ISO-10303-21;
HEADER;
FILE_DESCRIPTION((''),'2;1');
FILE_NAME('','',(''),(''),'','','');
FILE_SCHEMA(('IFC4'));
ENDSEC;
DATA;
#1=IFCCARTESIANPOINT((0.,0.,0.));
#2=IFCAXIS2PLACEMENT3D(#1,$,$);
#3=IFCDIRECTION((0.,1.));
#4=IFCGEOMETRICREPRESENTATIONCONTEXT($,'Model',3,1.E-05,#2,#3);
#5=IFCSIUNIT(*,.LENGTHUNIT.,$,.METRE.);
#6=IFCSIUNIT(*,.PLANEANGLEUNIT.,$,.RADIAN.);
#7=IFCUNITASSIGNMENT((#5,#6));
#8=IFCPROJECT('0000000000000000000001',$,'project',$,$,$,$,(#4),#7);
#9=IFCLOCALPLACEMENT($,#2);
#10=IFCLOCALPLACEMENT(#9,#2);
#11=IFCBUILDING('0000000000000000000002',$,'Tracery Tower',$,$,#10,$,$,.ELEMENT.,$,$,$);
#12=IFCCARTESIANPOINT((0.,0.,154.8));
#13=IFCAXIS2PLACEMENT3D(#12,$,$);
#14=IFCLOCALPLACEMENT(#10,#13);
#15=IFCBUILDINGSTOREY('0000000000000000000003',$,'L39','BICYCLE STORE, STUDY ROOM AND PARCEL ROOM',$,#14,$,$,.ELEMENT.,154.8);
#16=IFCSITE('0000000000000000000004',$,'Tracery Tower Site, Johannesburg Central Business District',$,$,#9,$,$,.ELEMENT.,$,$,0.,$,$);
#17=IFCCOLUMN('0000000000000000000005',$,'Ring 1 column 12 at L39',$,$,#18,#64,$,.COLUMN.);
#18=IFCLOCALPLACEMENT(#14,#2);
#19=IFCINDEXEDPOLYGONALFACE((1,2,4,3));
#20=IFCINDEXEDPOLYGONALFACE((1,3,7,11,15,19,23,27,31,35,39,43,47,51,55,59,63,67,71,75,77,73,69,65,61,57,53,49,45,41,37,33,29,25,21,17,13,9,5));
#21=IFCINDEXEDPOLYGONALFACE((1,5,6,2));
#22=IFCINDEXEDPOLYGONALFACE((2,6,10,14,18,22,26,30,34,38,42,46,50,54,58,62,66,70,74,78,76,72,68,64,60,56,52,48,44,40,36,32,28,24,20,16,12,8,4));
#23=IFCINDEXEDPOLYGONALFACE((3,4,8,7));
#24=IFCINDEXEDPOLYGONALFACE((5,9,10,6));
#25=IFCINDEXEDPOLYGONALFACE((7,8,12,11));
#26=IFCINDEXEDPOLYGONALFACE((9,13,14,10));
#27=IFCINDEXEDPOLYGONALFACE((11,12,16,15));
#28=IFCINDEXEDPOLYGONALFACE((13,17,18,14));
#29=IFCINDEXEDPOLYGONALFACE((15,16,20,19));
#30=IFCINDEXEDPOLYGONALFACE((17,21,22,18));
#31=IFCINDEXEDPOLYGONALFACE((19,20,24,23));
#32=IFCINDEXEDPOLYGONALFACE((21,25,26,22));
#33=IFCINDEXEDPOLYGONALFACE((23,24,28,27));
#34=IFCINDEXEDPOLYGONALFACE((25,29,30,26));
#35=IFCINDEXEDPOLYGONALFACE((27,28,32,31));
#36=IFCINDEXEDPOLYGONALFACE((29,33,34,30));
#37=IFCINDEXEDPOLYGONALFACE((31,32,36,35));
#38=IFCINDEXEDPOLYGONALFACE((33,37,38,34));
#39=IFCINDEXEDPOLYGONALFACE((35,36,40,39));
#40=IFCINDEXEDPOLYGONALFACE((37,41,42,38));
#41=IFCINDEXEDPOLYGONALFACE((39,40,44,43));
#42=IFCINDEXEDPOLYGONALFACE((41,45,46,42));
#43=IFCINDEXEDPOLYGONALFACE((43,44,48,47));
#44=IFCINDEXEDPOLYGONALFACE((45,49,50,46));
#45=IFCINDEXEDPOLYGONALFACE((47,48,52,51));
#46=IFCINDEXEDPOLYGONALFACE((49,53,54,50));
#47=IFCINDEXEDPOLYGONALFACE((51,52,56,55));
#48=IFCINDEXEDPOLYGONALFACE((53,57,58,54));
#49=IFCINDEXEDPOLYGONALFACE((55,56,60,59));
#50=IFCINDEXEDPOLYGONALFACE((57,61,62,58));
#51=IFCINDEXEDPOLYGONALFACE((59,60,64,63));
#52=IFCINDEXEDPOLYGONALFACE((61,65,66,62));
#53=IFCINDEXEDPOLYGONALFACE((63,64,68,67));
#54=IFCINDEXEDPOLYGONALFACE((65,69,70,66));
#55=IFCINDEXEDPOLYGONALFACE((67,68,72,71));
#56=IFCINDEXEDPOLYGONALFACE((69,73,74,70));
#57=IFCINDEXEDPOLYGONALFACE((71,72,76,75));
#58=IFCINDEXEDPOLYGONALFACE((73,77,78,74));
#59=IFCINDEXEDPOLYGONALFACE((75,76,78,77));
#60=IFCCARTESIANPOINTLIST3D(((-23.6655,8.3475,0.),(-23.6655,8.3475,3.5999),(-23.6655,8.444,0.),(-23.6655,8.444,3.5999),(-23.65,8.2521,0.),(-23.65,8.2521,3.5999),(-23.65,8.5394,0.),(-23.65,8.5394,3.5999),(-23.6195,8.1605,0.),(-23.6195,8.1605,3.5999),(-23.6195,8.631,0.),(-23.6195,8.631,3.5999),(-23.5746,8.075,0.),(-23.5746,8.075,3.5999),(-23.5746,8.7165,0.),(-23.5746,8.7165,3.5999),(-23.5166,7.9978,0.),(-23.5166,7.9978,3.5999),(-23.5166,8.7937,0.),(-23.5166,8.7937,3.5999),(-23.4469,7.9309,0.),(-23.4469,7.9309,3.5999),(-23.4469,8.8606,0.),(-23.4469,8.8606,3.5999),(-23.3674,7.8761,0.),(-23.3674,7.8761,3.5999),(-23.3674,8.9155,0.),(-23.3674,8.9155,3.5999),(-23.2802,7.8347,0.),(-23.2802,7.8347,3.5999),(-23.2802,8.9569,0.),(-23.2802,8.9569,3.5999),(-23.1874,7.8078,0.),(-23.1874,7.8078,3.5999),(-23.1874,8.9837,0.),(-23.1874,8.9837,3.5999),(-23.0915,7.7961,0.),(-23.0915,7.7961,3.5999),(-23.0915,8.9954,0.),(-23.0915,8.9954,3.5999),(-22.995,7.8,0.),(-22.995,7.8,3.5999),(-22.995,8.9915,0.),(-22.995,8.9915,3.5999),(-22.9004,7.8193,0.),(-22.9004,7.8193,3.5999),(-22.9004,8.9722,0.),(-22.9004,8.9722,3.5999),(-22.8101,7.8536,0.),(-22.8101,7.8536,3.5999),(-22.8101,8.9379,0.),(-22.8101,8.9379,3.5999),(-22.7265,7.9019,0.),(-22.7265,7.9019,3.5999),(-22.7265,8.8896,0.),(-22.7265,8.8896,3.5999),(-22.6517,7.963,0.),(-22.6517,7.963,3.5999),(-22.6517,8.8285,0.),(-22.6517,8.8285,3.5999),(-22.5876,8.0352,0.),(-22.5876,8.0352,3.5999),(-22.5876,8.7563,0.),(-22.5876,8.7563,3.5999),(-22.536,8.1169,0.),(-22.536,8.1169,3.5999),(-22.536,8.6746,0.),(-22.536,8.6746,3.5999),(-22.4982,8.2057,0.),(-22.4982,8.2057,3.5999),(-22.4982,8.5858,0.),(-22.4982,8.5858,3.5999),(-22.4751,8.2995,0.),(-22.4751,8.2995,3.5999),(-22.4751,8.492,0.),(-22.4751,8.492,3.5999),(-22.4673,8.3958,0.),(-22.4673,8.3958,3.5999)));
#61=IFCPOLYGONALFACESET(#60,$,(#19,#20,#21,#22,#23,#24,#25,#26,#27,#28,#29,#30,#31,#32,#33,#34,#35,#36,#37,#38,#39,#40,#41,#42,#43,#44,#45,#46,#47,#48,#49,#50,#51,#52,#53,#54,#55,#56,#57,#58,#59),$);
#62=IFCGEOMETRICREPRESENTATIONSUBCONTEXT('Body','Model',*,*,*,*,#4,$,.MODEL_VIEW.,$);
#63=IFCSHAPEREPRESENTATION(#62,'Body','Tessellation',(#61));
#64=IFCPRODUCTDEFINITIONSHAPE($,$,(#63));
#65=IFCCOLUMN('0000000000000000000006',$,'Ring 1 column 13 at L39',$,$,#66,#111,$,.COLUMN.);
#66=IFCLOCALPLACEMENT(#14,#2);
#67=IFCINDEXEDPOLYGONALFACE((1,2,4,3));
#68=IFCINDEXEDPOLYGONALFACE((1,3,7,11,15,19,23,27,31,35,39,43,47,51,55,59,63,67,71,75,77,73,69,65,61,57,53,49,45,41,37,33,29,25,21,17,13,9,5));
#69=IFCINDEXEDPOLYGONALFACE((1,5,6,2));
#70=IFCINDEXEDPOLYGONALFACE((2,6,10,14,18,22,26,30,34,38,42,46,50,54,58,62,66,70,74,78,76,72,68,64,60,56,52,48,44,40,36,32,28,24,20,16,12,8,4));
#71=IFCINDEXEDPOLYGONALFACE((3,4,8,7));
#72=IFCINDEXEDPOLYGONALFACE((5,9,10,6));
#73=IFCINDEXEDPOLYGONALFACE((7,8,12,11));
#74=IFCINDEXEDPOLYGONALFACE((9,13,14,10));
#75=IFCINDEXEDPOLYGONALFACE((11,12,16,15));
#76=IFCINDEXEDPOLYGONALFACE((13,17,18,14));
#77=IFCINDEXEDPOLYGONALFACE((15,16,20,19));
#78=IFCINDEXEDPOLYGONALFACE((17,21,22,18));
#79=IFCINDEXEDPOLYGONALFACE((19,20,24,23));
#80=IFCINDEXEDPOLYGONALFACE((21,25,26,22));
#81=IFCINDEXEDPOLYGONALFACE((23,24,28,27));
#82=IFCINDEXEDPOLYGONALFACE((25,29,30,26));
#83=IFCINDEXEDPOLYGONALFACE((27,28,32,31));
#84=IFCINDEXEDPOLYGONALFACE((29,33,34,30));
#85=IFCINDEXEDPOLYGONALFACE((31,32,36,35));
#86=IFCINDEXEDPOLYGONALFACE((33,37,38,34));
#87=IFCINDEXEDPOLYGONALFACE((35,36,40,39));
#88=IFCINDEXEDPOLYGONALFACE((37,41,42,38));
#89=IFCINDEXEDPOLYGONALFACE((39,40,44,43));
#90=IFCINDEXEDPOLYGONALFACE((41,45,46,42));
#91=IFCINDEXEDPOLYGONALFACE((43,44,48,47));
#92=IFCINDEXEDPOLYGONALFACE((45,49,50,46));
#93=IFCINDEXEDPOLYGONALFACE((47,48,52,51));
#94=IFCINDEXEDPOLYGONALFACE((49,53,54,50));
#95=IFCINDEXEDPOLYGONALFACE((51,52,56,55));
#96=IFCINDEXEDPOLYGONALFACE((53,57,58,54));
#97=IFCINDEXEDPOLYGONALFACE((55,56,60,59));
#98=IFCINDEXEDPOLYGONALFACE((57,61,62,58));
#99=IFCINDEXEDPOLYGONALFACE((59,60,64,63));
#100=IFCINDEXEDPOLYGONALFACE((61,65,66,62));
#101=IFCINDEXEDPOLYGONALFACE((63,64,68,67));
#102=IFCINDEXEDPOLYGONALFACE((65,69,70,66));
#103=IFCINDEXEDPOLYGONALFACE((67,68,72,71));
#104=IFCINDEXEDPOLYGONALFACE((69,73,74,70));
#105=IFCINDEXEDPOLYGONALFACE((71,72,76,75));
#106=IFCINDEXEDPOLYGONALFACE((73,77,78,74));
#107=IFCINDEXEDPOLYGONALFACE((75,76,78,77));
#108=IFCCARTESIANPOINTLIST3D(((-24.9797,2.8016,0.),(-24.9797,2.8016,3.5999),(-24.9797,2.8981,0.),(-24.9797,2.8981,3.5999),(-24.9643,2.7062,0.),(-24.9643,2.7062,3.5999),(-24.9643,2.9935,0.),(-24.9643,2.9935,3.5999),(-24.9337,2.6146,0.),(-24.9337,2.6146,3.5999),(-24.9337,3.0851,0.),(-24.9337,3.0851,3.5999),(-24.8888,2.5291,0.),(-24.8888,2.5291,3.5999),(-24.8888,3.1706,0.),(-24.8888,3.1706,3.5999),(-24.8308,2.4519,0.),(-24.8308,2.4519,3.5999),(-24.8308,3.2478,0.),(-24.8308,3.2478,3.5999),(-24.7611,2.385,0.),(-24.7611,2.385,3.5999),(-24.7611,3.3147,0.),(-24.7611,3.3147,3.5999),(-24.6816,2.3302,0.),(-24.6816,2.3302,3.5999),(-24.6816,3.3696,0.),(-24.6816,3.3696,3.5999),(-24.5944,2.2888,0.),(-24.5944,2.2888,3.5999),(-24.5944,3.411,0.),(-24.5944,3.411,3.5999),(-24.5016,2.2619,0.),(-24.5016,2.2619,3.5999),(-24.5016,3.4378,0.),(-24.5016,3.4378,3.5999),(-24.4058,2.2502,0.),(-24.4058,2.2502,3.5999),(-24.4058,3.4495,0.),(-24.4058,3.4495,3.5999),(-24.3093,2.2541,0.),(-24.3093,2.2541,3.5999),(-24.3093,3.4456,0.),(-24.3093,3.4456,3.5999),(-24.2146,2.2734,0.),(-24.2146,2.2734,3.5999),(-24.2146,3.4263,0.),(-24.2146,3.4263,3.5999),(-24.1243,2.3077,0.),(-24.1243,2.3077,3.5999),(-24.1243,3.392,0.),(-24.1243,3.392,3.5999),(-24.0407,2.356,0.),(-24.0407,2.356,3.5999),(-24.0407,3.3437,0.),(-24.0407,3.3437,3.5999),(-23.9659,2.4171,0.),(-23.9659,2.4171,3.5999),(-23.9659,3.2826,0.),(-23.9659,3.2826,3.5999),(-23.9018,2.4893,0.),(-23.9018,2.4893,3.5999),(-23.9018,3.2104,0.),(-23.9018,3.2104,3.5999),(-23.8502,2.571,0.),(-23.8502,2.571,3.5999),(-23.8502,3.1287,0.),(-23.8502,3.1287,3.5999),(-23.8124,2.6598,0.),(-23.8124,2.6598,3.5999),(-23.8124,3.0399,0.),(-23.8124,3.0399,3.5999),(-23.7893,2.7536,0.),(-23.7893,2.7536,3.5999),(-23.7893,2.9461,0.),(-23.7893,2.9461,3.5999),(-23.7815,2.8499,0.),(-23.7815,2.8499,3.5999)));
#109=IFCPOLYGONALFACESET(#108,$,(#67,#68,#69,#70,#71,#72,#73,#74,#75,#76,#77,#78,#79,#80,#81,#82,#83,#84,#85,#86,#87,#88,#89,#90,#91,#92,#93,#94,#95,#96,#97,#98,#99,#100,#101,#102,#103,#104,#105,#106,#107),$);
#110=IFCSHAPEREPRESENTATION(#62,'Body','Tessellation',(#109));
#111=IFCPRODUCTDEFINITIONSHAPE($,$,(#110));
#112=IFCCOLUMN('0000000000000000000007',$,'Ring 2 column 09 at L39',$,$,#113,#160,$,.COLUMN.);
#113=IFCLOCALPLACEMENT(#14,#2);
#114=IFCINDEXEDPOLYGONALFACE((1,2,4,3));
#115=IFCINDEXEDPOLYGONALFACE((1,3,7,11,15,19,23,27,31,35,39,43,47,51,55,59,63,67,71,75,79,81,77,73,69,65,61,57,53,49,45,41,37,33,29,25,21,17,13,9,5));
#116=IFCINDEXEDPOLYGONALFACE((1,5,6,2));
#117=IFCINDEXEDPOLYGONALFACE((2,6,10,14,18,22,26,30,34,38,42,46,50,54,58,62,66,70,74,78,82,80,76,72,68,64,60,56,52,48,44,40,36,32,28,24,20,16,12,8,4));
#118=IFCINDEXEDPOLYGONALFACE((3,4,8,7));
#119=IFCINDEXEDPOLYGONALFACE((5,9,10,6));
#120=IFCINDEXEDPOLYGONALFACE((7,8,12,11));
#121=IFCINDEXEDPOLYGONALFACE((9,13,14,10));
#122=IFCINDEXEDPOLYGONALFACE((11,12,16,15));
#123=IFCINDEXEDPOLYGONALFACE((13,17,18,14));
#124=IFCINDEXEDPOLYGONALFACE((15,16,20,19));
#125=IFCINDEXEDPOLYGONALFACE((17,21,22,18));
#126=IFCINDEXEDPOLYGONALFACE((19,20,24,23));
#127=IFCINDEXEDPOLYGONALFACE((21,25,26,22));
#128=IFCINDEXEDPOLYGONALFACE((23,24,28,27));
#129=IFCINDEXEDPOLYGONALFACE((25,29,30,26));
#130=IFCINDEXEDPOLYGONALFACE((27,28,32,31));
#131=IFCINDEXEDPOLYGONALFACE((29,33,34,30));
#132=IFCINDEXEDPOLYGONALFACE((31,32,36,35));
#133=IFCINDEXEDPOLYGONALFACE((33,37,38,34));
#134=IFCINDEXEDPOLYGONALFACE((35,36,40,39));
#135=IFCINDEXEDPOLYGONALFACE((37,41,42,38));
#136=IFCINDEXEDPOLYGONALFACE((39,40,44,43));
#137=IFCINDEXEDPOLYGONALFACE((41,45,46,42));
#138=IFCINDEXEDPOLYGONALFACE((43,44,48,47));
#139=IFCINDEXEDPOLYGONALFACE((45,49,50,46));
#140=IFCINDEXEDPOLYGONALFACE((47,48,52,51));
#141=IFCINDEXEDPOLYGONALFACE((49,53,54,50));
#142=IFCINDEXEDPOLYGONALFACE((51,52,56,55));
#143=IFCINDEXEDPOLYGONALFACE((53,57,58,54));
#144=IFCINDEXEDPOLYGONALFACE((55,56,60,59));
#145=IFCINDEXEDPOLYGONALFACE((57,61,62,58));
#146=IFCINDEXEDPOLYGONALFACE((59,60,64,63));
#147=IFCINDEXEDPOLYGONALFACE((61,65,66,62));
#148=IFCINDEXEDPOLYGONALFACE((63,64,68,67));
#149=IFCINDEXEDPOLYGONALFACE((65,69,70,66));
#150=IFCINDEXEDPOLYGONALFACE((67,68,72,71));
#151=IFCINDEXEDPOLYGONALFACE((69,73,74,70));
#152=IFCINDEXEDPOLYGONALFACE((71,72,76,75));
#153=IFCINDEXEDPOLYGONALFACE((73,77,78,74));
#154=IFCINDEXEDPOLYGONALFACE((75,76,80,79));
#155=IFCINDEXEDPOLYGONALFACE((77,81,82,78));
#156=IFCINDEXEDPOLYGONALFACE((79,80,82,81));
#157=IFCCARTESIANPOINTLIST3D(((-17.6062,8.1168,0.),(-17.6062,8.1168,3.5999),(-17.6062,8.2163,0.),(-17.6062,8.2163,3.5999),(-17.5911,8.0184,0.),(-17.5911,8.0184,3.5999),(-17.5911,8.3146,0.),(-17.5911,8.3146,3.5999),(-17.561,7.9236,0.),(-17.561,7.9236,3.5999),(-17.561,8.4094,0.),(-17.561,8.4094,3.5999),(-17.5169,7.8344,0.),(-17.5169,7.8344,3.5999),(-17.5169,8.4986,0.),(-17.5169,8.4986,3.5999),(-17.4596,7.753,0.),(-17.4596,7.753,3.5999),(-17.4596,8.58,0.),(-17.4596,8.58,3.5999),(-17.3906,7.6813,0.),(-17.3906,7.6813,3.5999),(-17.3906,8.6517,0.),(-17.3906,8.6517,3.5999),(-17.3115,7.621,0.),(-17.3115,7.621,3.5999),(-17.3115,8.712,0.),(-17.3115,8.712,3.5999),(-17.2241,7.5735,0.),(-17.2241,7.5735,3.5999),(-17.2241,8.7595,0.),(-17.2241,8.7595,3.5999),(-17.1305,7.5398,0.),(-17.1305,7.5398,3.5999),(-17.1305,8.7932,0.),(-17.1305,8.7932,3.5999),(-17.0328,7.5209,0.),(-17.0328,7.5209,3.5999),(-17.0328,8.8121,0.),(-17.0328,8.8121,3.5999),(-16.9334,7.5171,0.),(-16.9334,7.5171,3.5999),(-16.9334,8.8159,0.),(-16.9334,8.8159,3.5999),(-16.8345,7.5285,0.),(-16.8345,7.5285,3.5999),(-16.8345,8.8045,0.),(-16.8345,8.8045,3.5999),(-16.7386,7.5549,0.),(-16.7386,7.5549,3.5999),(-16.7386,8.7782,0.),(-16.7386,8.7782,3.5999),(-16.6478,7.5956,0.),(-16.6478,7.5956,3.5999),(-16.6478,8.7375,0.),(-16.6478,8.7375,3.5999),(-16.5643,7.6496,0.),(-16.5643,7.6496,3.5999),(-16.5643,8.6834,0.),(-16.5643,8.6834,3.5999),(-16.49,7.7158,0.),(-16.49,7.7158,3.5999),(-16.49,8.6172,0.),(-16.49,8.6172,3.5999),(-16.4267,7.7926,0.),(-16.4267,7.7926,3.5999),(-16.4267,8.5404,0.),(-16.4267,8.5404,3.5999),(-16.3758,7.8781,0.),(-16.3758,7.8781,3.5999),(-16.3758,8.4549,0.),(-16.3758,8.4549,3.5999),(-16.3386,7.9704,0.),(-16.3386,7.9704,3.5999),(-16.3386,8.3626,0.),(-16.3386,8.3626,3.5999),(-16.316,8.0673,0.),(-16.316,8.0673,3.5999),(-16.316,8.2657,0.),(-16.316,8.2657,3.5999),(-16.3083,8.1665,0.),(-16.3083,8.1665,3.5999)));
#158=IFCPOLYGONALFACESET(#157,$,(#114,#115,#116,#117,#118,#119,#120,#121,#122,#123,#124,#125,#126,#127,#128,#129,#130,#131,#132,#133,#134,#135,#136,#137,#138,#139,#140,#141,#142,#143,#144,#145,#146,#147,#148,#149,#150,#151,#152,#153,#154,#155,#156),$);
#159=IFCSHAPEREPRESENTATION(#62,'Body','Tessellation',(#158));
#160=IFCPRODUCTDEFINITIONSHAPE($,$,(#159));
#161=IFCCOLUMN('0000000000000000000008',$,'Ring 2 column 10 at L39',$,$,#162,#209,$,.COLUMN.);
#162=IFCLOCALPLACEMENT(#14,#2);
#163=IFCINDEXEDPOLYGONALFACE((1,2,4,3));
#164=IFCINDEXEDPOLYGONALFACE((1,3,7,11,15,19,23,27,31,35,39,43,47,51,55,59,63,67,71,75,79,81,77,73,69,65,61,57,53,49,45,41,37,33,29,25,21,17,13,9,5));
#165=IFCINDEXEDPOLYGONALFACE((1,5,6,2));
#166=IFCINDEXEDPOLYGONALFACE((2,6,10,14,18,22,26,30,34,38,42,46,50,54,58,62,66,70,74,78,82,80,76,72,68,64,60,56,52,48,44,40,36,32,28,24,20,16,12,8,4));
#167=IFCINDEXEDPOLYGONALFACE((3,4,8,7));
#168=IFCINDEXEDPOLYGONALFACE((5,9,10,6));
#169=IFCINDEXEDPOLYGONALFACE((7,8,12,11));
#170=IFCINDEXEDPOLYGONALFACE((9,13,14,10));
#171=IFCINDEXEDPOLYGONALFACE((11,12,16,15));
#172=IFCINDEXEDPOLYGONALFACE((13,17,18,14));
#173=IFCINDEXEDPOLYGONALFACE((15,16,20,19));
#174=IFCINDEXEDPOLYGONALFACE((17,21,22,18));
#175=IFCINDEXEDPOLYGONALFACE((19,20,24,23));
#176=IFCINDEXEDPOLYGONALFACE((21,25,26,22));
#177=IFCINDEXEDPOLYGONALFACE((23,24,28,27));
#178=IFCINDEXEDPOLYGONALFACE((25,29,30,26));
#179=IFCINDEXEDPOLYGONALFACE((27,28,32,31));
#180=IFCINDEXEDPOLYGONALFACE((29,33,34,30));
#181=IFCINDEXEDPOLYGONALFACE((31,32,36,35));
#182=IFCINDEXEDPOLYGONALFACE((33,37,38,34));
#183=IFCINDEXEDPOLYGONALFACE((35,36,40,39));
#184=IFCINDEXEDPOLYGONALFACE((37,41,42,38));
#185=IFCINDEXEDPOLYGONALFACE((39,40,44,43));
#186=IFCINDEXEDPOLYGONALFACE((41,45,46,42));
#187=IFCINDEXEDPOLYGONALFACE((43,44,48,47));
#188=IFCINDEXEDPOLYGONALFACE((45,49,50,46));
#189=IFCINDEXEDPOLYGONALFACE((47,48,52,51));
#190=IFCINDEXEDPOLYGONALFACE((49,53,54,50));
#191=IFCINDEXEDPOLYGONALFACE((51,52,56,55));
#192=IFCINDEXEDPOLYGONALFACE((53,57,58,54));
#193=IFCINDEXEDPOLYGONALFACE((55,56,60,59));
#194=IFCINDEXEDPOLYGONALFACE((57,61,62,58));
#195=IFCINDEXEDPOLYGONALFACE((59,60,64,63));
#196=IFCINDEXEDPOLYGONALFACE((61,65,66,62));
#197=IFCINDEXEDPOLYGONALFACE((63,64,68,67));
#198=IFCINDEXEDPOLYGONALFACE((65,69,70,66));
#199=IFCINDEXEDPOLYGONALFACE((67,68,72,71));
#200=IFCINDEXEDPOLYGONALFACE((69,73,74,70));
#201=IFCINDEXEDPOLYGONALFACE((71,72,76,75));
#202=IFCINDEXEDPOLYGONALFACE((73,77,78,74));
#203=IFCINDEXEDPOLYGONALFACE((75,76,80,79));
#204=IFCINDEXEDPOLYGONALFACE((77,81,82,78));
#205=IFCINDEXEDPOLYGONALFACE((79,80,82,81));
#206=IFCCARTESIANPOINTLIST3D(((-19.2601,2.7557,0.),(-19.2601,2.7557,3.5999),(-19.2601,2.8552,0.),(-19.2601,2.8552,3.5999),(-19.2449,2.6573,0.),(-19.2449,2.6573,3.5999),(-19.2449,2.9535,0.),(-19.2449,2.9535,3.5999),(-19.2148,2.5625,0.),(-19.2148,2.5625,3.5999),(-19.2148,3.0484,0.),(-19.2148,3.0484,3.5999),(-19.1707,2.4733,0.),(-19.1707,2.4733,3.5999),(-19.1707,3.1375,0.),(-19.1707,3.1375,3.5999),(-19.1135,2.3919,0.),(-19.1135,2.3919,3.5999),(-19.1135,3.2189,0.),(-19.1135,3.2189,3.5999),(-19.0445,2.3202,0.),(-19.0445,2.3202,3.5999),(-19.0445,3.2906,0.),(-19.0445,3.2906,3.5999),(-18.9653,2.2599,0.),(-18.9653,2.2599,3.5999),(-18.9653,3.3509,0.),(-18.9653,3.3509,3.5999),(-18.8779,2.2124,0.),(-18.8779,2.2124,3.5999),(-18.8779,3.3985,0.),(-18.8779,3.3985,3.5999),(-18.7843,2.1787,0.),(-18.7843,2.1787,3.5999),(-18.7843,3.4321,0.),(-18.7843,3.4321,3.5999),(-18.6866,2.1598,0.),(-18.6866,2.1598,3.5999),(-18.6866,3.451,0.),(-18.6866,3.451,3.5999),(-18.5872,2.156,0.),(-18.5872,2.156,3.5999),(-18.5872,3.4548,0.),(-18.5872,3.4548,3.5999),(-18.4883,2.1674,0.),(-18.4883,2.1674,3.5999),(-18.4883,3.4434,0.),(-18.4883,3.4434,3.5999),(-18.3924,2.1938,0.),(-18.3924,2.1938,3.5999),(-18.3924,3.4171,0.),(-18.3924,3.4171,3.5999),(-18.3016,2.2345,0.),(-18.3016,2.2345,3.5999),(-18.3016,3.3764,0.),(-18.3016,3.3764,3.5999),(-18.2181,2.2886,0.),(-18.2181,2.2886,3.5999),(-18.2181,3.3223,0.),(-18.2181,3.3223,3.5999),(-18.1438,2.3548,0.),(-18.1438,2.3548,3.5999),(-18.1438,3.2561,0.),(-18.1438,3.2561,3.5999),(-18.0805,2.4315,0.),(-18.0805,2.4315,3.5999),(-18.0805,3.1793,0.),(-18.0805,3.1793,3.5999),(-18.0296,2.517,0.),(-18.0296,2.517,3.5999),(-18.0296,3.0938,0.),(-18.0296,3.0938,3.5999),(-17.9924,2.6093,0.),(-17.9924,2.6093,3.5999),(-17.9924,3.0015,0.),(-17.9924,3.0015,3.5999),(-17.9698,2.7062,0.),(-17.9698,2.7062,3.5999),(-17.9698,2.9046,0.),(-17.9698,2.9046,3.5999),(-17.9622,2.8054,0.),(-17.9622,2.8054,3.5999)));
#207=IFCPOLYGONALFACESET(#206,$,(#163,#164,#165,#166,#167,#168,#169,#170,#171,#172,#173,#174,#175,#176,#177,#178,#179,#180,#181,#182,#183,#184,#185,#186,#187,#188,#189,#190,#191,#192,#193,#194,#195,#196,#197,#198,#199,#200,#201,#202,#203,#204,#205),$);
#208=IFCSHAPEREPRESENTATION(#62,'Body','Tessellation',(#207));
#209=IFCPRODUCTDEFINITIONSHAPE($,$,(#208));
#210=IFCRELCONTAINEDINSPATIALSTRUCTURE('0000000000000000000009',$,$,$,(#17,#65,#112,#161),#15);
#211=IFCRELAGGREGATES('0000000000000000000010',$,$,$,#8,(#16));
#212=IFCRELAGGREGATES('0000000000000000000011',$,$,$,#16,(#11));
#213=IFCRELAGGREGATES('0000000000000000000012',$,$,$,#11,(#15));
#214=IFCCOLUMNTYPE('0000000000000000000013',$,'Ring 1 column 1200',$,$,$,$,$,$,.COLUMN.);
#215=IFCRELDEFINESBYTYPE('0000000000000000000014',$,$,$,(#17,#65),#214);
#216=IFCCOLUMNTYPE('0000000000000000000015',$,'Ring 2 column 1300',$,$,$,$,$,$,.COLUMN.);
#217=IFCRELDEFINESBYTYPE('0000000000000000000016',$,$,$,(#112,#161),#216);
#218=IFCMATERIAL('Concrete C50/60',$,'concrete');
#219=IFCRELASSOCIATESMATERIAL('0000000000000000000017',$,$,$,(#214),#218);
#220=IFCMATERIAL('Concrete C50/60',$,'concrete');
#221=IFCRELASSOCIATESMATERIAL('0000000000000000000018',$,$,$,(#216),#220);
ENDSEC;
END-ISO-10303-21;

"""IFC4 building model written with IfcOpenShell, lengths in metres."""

from ifc_helpers import new_model, si_unit, direction, frame, origin, origin_2d, place, context, subcontext, project, spatial, circle, extrude, material, material_profile, profile_set, type_object, element, save


model = new_model("IFC4")

# Units and contexts
model_context = context("Model", 3, precision=1e-05, world=origin(), true_north=direction((0.0, 1.0)))
body_context = subcontext(model_context, "Body", "Model", "MODEL_VIEW")
ifc_project = project(units=[si_unit("LENGTHUNIT", "METRE"), si_unit("PLANEANGLEUNIT", "RADIAN")], contexts=[model_context])

# Site, building, storey
site_placement = place(None, origin())
site = spatial("IfcSite", under=ifc_project, at=site_placement, Name="Tracery Tower Site, Johannesburg Central Business District", CompositionType="ELEMENT", RefElevation=0.0)
building_placement = place(site_placement, origin())
building = spatial("IfcBuilding", under=site, at=building_placement, Name="Tracery Tower", CompositionType="ELEMENT")
storey_placement = place(building_placement, frame((0.0, 0.0, 154.8)))
storey = spatial("IfcBuildingStorey", under=building, at=storey_placement, Name="L39", Description="BICYCLE STORE, STUDY ROOM AND PARCEL ROOM", CompositionType="ELEMENT", Elevation=154.8)

# Columns
ifc_material_1 = material(Name="Concrete C50/60", Category="concrete")
ifc_material_profile_1 = material_profile(ifc_material_1, circle(Radius=0.6001, at=origin_2d()), Name="RC D1200")
ifc_profile_set_1 = profile_set([ifc_material_profile_1], Name="Concrete C50/60")
column_type_1 = type_object("IfcColumnType", Name="Ring 1 column 1200", PredefinedType="COLUMN", material=ifc_profile_set_1)
for number, where, z_axis, x_axis, name in (
    (1, (-23.0674, 8.3958, 0.0), (0.0, 0.0, 1.0), (1.0, 0.0, 0.0), "Ring 1 column 12 at L39"),
    (2, (-24.3816, 2.8499, 0.0), (0.0, 0.0, 1.0), (1.0, 0.0, 0.0), "Ring 1 column 13 at L39"),
):
    element("IfcColumn", number, at=place(storey_placement, frame(where, z_axis=z_axis, x_axis=x_axis)), inside=storey, type_object=column_type_1, Name=name, PredefinedType="COLUMN", context=body_context, shape_type="SweptSolid", body=[
        extrude(circle(Radius=0.6001, at=origin_2d()), origin(), (0.0, 0.0, 1.0), 3.5999),
    ])
ifc_material_2 = material(Name="Concrete C50/60", Category="concrete")
ifc_material_profile_2 = material_profile(ifc_material_2, circle(Radius=0.6499, at=origin_2d()), Name="RC D1300")
ifc_profile_set_2 = profile_set([ifc_material_profile_2], Name="Concrete C50/60")
column_type_2 = type_object("IfcColumnType", Name="Ring 2 column 1300", PredefinedType="COLUMN", material=ifc_profile_set_2)
for number, where, z_axis, x_axis, name in (
    (3, (-16.9583, 8.1665, 0.0), (0.0, 0.0, 1.0), (1.0, 0.0, 0.0), "Ring 2 column 09 at L39"),
    (4, (-18.6121, 2.8054, 0.0), (0.0, 0.0, 1.0), (1.0, 0.0, 0.0), "Ring 2 column 10 at L39"),
):
    element("IfcColumn", number, at=place(storey_placement, frame(where, z_axis=z_axis, x_axis=x_axis)), inside=storey, type_object=column_type_2, Name=name, PredefinedType="COLUMN", context=body_context, shape_type="SweptSolid", body=[
        extrude(circle(Radius=0.6499, at=origin_2d()), origin(), (0.0, 0.0, 1.0), 3.5999),
    ])

save(model, "model.ifc")
